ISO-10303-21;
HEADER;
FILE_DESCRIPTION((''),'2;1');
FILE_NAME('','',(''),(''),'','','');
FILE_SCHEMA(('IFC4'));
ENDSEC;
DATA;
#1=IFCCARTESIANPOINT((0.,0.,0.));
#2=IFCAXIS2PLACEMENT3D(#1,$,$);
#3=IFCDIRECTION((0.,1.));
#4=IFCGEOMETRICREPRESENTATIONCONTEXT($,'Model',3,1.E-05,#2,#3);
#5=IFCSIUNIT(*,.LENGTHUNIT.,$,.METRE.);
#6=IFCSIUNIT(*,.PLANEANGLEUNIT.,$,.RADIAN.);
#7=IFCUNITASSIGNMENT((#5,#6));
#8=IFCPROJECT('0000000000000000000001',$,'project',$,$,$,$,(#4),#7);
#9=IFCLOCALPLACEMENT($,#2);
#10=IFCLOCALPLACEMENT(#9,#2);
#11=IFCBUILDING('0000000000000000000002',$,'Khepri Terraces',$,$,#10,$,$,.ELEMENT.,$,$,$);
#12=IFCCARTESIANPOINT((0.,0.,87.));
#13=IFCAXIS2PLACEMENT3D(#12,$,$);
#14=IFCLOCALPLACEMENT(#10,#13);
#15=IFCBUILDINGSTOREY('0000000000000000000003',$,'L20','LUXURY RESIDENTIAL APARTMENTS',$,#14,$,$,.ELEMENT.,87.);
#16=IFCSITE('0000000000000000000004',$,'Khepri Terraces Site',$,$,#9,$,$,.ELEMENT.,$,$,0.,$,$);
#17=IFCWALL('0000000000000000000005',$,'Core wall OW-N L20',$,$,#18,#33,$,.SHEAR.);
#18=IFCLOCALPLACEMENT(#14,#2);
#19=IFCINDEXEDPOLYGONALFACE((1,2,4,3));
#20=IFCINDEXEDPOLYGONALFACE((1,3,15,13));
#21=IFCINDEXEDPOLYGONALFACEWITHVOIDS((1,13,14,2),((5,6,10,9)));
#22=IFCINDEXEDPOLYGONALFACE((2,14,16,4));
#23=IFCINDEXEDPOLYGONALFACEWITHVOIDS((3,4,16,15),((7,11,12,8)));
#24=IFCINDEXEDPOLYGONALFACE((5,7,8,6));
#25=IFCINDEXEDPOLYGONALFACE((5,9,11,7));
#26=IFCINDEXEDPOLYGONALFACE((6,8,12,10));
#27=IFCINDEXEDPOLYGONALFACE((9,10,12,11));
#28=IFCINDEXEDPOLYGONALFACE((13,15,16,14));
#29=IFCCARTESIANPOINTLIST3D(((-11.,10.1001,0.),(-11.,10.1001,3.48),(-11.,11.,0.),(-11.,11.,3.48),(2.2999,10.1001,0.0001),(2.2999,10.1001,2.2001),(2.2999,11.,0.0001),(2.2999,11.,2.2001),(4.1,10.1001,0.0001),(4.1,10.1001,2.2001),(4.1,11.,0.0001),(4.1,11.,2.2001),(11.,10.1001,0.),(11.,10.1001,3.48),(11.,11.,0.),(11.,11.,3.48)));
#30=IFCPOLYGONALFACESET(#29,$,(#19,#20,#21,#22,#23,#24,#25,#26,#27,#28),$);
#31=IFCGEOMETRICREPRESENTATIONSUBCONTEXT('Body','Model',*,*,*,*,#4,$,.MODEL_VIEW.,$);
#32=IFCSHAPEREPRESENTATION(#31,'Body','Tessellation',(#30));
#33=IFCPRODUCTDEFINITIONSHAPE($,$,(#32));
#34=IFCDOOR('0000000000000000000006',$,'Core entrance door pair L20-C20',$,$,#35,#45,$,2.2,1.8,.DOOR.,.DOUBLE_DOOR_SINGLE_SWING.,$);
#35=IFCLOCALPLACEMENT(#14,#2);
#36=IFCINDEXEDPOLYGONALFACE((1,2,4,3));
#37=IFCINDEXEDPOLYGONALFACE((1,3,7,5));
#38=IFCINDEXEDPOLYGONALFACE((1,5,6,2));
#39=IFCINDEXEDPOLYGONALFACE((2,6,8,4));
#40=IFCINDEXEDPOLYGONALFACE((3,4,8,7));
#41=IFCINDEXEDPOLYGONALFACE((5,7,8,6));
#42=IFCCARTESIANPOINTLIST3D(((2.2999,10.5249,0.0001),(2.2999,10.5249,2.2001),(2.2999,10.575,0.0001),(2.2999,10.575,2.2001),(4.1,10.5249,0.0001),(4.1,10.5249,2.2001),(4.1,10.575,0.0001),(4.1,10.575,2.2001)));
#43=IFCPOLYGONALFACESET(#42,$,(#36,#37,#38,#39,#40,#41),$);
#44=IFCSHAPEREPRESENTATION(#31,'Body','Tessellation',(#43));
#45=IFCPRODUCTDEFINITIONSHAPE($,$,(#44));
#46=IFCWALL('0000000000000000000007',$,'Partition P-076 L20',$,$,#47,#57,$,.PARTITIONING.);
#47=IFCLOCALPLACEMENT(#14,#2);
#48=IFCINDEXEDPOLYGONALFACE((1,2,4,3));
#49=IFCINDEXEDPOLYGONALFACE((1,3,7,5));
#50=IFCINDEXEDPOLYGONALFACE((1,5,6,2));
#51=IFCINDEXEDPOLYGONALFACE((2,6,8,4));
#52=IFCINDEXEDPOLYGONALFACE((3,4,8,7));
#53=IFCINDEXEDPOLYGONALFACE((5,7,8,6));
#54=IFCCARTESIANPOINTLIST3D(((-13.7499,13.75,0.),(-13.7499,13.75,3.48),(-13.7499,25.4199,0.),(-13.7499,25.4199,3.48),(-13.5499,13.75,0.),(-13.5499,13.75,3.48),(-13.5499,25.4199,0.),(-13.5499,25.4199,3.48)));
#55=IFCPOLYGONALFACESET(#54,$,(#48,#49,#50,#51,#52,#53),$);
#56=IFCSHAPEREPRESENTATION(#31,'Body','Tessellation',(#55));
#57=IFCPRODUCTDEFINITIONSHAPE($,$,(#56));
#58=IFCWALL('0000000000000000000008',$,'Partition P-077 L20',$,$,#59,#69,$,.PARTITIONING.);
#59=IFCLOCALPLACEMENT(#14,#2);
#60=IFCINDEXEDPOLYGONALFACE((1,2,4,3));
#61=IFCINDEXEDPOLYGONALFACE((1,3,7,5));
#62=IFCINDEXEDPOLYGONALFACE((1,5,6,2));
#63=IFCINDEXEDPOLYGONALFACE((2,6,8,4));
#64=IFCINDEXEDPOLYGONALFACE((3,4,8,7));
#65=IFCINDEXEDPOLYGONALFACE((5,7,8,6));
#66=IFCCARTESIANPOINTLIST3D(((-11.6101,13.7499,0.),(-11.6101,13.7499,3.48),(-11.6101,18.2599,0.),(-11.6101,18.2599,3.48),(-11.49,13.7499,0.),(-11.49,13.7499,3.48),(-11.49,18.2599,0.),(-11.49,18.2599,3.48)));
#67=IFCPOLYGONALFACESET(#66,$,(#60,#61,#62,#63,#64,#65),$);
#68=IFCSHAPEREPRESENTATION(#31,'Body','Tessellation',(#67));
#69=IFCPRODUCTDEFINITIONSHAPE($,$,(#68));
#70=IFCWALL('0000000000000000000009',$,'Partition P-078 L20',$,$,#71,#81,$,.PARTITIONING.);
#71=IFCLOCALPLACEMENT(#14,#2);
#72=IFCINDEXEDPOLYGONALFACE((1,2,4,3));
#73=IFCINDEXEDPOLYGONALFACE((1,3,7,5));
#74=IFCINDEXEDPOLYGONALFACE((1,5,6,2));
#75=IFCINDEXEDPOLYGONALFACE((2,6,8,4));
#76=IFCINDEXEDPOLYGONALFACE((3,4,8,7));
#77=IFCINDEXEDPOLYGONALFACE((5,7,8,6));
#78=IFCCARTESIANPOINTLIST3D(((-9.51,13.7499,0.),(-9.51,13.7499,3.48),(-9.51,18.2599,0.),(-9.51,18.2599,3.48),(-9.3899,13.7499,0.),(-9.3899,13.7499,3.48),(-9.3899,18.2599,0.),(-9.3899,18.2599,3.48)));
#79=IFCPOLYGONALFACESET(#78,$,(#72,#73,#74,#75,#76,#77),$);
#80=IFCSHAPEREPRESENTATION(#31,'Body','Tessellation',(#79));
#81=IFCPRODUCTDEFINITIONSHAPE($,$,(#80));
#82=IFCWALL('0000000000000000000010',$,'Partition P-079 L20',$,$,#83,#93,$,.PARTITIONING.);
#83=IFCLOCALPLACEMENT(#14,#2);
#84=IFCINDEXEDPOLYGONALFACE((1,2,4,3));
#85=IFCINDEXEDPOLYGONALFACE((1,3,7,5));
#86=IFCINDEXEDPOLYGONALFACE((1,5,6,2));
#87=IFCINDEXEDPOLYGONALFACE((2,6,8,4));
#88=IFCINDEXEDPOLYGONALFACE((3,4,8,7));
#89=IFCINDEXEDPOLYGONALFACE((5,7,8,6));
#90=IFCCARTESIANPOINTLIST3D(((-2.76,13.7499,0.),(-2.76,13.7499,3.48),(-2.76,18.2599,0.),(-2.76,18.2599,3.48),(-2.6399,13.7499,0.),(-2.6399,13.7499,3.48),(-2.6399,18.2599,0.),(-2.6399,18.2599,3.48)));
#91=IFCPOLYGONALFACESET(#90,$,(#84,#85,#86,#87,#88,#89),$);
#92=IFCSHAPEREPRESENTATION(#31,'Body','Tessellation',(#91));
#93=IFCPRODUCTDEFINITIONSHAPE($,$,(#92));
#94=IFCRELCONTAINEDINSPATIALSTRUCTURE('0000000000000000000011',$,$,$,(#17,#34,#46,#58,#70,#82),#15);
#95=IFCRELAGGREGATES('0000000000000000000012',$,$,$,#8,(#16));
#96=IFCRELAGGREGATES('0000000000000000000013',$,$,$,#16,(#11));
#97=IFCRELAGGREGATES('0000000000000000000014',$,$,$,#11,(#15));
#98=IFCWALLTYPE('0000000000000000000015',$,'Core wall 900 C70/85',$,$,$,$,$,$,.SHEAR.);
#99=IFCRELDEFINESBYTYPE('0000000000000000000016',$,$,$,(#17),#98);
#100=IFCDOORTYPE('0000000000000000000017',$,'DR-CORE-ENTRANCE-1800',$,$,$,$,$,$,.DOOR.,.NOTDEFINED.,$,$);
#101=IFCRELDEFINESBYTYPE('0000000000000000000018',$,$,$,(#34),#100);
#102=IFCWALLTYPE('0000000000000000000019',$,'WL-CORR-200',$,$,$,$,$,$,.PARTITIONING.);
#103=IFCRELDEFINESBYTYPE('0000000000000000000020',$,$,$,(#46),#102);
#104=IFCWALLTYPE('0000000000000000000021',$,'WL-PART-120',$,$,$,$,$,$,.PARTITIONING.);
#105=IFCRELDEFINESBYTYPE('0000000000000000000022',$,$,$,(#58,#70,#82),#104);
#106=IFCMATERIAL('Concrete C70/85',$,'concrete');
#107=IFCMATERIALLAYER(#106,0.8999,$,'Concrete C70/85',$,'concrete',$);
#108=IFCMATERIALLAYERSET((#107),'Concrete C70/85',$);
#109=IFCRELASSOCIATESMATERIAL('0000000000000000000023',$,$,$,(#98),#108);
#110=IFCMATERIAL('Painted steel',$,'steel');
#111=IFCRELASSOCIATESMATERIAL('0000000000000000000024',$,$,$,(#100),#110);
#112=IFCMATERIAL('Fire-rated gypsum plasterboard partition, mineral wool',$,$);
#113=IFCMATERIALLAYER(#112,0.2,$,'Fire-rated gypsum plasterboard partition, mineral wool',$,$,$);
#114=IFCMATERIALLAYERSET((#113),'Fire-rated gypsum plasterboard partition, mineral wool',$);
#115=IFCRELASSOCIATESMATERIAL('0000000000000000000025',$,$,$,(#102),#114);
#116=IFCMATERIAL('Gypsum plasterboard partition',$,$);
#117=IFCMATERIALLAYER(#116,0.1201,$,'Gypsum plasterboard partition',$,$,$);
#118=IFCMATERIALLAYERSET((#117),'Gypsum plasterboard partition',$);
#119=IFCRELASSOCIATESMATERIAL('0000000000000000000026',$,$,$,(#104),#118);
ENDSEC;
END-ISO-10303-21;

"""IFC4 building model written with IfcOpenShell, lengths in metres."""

from ifc_helpers import new_model, si_unit, direction, frame, frame_2d, origin, place, context, subcontext, project, spatial, rectangle, extrude, material, layer, layer_set, type_object, element, fill, save


model = new_model("IFC4")

# Units and contexts
model_context = context("Model", 3, precision=1e-05, world=origin(), true_north=direction((0.0, 1.0)))
body_context = subcontext(model_context, "Body", "Model", "MODEL_VIEW")
ifc_project = project(units=[si_unit("LENGTHUNIT", "METRE"), si_unit("PLANEANGLEUNIT", "RADIAN")], contexts=[model_context])

# Site, building, storey
site_placement = place(None, origin())
site = spatial("IfcSite", under=ifc_project, at=site_placement, Name="Khepri Terraces Site", CompositionType="ELEMENT", RefElevation=0.0)
building_placement = place(site_placement, origin())
building = spatial("IfcBuilding", under=site, at=building_placement, Name="Khepri Terraces", CompositionType="ELEMENT")
storey_placement = place(building_placement, frame((0.0, 0.0, 87.0)))
storey = spatial("IfcBuildingStorey", under=building, at=storey_placement, Name="L20", Description="LUXURY RESIDENTIAL APARTMENTS", CompositionType="ELEMENT", Elevation=87.0)

# Wall, opening, door
ifc_material_1 = material(Name="Concrete C70/85", Category="concrete")
ifc_layer_1 = layer(ifc_material_1, 0.8999, Name="Concrete C70/85", Category="concrete")
ifc_layer_set_1 = layer_set([ifc_layer_1], Name="Concrete C70/85")
wall_type_1 = type_object("IfcWallType", Name="Core wall 900 C70/85", PredefinedType="SHEAR", material=ifc_layer_set_1)
wall_1_placement = place(storey_placement, frame((-11.0, 10.55, 0.0), z_axis=(0.0, 0.0, 1.0), x_axis=(1.0, 0.0, 0.0)))
wall_1 = element("IfcWall", 1, at=wall_1_placement, inside=storey, type_object=wall_type_1, Name="Core wall OW-N L20", PredefinedType="SHEAR", context=body_context, shape_type="SweptSolid", body=[
    extrude(rectangle(XDim=22.0, YDim=0.8999, at=frame_2d((11.0, 0.0))), origin(), (0.0, 0.0, 1.0), 3.48),
])
opening_1_placement = place(wall_1_placement, frame((13.3, 0.0, 0.0)))
opening_1 = element("IfcOpeningElement", 2, at=opening_1_placement, cuts=wall_1, PredefinedType="OPENING", context=body_context, shape_type="SweptSolid", body=[
    extrude(rectangle(XDim=1.8, YDim=2.2, at=frame_2d((0.8999, 1.1001))), frame((0.0, 0.46, 0.0), z_axis=(0.0, -1.0, 0.0), x_axis=(1.0, 0.0, 0.0)), (0.0, 0.0, 1.0), 0.9199),
])
ifc_material_2 = material(Name="Painted steel", Category="steel")
door_type_1 = type_object("IfcDoorType", Name="DR-CORE-ENTRANCE-1800", OperationType="NOTDEFINED", PredefinedType="DOOR", material=ifc_material_2)
door_1_placement = place(opening_1_placement, origin())
door_1 = element("IfcDoor", 3, at=door_1_placement, inside=storey, type_object=door_type_1, Name="Core entrance door pair L20-C20", OperationType="DOUBLE_DOOR_SINGLE_SWING", OverallHeight=2.2, OverallWidth=1.8, PredefinedType="DOOR", context=body_context, shape_type="SweptSolid", body=[
    extrude(rectangle(XDim=1.8, YDim=2.2, at=frame_2d((0.8999, 1.1001))), frame((0.0, 0.0249, 0.0), z_axis=(0.0, -1.0, 0.0), x_axis=(1.0, 0.0, 0.0)), (0.0, 0.0, 1.0), 0.05),
])
fill(opening_1, door_1)

# Walls
ifc_material_3 = material(Name="Fire-rated gypsum plasterboard partition, mineral wool")
ifc_layer_2 = layer(ifc_material_3, 0.2, Name="Fire-rated gypsum plasterboard partition, mineral wool")
ifc_layer_set_2 = layer_set([ifc_layer_2], Name="Fire-rated gypsum plasterboard partition, mineral wool")
wall_type_2 = type_object("IfcWallType", Name="WL-CORR-200", PredefinedType="PARTITIONING", material=ifc_layer_set_2)
wall_2_placement = place(storey_placement, frame((-13.6499, 13.75, 0.0), z_axis=(0.0, 0.0, 1.0), x_axis=(0.0, 1.0, 0.0)))
element("IfcWall", 4, at=wall_2_placement, inside=storey, type_object=wall_type_2, Name="Partition P-076 L20", PredefinedType="PARTITIONING", context=body_context, shape_type="SweptSolid", body=[
    extrude(rectangle(XDim=11.6699, YDim=0.2, at=frame_2d((5.835, 0.0))), origin(), (0.0, 0.0, 1.0), 3.48),
])
ifc_material_4 = material(Name="Gypsum plasterboard partition")
ifc_layer_3 = layer(ifc_material_4, 0.1201, Name="Gypsum plasterboard partition")
ifc_layer_set_3 = layer_set([ifc_layer_3], Name="Gypsum plasterboard partition")
wall_type_3 = type_object("IfcWallType", Name="WL-PART-120", PredefinedType="PARTITIONING", material=ifc_layer_set_3)
for number, where, z_axis, x_axis, name in (
    (5, (-11.55, 13.75, 0.0), (0.0, 0.0, 1.0), (0.0, 1.0, 0.0), "Partition P-077 L20"),
    (6, (-9.45, 13.75, 0.0), (0.0, 0.0, 1.0), (0.0, 1.0, 0.0), "Partition P-078 L20"),
    (7, (-2.7, 13.75, 0.0), (0.0, 0.0, 1.0), (0.0, 1.0, 0.0), "Partition P-079 L20"),
):
    element("IfcWall", number, at=place(storey_placement, frame(where, z_axis=z_axis, x_axis=x_axis)), inside=storey, type_object=wall_type_3, Name=name, PredefinedType="PARTITIONING", context=body_context, shape_type="SweptSolid", body=[
        extrude(rectangle(XDim=4.51, YDim=0.1201, at=frame_2d((2.2549, 0.0))), origin(), (0.0, 0.0, 1.0), 3.48),
    ])

save(model, "model.ifc")
